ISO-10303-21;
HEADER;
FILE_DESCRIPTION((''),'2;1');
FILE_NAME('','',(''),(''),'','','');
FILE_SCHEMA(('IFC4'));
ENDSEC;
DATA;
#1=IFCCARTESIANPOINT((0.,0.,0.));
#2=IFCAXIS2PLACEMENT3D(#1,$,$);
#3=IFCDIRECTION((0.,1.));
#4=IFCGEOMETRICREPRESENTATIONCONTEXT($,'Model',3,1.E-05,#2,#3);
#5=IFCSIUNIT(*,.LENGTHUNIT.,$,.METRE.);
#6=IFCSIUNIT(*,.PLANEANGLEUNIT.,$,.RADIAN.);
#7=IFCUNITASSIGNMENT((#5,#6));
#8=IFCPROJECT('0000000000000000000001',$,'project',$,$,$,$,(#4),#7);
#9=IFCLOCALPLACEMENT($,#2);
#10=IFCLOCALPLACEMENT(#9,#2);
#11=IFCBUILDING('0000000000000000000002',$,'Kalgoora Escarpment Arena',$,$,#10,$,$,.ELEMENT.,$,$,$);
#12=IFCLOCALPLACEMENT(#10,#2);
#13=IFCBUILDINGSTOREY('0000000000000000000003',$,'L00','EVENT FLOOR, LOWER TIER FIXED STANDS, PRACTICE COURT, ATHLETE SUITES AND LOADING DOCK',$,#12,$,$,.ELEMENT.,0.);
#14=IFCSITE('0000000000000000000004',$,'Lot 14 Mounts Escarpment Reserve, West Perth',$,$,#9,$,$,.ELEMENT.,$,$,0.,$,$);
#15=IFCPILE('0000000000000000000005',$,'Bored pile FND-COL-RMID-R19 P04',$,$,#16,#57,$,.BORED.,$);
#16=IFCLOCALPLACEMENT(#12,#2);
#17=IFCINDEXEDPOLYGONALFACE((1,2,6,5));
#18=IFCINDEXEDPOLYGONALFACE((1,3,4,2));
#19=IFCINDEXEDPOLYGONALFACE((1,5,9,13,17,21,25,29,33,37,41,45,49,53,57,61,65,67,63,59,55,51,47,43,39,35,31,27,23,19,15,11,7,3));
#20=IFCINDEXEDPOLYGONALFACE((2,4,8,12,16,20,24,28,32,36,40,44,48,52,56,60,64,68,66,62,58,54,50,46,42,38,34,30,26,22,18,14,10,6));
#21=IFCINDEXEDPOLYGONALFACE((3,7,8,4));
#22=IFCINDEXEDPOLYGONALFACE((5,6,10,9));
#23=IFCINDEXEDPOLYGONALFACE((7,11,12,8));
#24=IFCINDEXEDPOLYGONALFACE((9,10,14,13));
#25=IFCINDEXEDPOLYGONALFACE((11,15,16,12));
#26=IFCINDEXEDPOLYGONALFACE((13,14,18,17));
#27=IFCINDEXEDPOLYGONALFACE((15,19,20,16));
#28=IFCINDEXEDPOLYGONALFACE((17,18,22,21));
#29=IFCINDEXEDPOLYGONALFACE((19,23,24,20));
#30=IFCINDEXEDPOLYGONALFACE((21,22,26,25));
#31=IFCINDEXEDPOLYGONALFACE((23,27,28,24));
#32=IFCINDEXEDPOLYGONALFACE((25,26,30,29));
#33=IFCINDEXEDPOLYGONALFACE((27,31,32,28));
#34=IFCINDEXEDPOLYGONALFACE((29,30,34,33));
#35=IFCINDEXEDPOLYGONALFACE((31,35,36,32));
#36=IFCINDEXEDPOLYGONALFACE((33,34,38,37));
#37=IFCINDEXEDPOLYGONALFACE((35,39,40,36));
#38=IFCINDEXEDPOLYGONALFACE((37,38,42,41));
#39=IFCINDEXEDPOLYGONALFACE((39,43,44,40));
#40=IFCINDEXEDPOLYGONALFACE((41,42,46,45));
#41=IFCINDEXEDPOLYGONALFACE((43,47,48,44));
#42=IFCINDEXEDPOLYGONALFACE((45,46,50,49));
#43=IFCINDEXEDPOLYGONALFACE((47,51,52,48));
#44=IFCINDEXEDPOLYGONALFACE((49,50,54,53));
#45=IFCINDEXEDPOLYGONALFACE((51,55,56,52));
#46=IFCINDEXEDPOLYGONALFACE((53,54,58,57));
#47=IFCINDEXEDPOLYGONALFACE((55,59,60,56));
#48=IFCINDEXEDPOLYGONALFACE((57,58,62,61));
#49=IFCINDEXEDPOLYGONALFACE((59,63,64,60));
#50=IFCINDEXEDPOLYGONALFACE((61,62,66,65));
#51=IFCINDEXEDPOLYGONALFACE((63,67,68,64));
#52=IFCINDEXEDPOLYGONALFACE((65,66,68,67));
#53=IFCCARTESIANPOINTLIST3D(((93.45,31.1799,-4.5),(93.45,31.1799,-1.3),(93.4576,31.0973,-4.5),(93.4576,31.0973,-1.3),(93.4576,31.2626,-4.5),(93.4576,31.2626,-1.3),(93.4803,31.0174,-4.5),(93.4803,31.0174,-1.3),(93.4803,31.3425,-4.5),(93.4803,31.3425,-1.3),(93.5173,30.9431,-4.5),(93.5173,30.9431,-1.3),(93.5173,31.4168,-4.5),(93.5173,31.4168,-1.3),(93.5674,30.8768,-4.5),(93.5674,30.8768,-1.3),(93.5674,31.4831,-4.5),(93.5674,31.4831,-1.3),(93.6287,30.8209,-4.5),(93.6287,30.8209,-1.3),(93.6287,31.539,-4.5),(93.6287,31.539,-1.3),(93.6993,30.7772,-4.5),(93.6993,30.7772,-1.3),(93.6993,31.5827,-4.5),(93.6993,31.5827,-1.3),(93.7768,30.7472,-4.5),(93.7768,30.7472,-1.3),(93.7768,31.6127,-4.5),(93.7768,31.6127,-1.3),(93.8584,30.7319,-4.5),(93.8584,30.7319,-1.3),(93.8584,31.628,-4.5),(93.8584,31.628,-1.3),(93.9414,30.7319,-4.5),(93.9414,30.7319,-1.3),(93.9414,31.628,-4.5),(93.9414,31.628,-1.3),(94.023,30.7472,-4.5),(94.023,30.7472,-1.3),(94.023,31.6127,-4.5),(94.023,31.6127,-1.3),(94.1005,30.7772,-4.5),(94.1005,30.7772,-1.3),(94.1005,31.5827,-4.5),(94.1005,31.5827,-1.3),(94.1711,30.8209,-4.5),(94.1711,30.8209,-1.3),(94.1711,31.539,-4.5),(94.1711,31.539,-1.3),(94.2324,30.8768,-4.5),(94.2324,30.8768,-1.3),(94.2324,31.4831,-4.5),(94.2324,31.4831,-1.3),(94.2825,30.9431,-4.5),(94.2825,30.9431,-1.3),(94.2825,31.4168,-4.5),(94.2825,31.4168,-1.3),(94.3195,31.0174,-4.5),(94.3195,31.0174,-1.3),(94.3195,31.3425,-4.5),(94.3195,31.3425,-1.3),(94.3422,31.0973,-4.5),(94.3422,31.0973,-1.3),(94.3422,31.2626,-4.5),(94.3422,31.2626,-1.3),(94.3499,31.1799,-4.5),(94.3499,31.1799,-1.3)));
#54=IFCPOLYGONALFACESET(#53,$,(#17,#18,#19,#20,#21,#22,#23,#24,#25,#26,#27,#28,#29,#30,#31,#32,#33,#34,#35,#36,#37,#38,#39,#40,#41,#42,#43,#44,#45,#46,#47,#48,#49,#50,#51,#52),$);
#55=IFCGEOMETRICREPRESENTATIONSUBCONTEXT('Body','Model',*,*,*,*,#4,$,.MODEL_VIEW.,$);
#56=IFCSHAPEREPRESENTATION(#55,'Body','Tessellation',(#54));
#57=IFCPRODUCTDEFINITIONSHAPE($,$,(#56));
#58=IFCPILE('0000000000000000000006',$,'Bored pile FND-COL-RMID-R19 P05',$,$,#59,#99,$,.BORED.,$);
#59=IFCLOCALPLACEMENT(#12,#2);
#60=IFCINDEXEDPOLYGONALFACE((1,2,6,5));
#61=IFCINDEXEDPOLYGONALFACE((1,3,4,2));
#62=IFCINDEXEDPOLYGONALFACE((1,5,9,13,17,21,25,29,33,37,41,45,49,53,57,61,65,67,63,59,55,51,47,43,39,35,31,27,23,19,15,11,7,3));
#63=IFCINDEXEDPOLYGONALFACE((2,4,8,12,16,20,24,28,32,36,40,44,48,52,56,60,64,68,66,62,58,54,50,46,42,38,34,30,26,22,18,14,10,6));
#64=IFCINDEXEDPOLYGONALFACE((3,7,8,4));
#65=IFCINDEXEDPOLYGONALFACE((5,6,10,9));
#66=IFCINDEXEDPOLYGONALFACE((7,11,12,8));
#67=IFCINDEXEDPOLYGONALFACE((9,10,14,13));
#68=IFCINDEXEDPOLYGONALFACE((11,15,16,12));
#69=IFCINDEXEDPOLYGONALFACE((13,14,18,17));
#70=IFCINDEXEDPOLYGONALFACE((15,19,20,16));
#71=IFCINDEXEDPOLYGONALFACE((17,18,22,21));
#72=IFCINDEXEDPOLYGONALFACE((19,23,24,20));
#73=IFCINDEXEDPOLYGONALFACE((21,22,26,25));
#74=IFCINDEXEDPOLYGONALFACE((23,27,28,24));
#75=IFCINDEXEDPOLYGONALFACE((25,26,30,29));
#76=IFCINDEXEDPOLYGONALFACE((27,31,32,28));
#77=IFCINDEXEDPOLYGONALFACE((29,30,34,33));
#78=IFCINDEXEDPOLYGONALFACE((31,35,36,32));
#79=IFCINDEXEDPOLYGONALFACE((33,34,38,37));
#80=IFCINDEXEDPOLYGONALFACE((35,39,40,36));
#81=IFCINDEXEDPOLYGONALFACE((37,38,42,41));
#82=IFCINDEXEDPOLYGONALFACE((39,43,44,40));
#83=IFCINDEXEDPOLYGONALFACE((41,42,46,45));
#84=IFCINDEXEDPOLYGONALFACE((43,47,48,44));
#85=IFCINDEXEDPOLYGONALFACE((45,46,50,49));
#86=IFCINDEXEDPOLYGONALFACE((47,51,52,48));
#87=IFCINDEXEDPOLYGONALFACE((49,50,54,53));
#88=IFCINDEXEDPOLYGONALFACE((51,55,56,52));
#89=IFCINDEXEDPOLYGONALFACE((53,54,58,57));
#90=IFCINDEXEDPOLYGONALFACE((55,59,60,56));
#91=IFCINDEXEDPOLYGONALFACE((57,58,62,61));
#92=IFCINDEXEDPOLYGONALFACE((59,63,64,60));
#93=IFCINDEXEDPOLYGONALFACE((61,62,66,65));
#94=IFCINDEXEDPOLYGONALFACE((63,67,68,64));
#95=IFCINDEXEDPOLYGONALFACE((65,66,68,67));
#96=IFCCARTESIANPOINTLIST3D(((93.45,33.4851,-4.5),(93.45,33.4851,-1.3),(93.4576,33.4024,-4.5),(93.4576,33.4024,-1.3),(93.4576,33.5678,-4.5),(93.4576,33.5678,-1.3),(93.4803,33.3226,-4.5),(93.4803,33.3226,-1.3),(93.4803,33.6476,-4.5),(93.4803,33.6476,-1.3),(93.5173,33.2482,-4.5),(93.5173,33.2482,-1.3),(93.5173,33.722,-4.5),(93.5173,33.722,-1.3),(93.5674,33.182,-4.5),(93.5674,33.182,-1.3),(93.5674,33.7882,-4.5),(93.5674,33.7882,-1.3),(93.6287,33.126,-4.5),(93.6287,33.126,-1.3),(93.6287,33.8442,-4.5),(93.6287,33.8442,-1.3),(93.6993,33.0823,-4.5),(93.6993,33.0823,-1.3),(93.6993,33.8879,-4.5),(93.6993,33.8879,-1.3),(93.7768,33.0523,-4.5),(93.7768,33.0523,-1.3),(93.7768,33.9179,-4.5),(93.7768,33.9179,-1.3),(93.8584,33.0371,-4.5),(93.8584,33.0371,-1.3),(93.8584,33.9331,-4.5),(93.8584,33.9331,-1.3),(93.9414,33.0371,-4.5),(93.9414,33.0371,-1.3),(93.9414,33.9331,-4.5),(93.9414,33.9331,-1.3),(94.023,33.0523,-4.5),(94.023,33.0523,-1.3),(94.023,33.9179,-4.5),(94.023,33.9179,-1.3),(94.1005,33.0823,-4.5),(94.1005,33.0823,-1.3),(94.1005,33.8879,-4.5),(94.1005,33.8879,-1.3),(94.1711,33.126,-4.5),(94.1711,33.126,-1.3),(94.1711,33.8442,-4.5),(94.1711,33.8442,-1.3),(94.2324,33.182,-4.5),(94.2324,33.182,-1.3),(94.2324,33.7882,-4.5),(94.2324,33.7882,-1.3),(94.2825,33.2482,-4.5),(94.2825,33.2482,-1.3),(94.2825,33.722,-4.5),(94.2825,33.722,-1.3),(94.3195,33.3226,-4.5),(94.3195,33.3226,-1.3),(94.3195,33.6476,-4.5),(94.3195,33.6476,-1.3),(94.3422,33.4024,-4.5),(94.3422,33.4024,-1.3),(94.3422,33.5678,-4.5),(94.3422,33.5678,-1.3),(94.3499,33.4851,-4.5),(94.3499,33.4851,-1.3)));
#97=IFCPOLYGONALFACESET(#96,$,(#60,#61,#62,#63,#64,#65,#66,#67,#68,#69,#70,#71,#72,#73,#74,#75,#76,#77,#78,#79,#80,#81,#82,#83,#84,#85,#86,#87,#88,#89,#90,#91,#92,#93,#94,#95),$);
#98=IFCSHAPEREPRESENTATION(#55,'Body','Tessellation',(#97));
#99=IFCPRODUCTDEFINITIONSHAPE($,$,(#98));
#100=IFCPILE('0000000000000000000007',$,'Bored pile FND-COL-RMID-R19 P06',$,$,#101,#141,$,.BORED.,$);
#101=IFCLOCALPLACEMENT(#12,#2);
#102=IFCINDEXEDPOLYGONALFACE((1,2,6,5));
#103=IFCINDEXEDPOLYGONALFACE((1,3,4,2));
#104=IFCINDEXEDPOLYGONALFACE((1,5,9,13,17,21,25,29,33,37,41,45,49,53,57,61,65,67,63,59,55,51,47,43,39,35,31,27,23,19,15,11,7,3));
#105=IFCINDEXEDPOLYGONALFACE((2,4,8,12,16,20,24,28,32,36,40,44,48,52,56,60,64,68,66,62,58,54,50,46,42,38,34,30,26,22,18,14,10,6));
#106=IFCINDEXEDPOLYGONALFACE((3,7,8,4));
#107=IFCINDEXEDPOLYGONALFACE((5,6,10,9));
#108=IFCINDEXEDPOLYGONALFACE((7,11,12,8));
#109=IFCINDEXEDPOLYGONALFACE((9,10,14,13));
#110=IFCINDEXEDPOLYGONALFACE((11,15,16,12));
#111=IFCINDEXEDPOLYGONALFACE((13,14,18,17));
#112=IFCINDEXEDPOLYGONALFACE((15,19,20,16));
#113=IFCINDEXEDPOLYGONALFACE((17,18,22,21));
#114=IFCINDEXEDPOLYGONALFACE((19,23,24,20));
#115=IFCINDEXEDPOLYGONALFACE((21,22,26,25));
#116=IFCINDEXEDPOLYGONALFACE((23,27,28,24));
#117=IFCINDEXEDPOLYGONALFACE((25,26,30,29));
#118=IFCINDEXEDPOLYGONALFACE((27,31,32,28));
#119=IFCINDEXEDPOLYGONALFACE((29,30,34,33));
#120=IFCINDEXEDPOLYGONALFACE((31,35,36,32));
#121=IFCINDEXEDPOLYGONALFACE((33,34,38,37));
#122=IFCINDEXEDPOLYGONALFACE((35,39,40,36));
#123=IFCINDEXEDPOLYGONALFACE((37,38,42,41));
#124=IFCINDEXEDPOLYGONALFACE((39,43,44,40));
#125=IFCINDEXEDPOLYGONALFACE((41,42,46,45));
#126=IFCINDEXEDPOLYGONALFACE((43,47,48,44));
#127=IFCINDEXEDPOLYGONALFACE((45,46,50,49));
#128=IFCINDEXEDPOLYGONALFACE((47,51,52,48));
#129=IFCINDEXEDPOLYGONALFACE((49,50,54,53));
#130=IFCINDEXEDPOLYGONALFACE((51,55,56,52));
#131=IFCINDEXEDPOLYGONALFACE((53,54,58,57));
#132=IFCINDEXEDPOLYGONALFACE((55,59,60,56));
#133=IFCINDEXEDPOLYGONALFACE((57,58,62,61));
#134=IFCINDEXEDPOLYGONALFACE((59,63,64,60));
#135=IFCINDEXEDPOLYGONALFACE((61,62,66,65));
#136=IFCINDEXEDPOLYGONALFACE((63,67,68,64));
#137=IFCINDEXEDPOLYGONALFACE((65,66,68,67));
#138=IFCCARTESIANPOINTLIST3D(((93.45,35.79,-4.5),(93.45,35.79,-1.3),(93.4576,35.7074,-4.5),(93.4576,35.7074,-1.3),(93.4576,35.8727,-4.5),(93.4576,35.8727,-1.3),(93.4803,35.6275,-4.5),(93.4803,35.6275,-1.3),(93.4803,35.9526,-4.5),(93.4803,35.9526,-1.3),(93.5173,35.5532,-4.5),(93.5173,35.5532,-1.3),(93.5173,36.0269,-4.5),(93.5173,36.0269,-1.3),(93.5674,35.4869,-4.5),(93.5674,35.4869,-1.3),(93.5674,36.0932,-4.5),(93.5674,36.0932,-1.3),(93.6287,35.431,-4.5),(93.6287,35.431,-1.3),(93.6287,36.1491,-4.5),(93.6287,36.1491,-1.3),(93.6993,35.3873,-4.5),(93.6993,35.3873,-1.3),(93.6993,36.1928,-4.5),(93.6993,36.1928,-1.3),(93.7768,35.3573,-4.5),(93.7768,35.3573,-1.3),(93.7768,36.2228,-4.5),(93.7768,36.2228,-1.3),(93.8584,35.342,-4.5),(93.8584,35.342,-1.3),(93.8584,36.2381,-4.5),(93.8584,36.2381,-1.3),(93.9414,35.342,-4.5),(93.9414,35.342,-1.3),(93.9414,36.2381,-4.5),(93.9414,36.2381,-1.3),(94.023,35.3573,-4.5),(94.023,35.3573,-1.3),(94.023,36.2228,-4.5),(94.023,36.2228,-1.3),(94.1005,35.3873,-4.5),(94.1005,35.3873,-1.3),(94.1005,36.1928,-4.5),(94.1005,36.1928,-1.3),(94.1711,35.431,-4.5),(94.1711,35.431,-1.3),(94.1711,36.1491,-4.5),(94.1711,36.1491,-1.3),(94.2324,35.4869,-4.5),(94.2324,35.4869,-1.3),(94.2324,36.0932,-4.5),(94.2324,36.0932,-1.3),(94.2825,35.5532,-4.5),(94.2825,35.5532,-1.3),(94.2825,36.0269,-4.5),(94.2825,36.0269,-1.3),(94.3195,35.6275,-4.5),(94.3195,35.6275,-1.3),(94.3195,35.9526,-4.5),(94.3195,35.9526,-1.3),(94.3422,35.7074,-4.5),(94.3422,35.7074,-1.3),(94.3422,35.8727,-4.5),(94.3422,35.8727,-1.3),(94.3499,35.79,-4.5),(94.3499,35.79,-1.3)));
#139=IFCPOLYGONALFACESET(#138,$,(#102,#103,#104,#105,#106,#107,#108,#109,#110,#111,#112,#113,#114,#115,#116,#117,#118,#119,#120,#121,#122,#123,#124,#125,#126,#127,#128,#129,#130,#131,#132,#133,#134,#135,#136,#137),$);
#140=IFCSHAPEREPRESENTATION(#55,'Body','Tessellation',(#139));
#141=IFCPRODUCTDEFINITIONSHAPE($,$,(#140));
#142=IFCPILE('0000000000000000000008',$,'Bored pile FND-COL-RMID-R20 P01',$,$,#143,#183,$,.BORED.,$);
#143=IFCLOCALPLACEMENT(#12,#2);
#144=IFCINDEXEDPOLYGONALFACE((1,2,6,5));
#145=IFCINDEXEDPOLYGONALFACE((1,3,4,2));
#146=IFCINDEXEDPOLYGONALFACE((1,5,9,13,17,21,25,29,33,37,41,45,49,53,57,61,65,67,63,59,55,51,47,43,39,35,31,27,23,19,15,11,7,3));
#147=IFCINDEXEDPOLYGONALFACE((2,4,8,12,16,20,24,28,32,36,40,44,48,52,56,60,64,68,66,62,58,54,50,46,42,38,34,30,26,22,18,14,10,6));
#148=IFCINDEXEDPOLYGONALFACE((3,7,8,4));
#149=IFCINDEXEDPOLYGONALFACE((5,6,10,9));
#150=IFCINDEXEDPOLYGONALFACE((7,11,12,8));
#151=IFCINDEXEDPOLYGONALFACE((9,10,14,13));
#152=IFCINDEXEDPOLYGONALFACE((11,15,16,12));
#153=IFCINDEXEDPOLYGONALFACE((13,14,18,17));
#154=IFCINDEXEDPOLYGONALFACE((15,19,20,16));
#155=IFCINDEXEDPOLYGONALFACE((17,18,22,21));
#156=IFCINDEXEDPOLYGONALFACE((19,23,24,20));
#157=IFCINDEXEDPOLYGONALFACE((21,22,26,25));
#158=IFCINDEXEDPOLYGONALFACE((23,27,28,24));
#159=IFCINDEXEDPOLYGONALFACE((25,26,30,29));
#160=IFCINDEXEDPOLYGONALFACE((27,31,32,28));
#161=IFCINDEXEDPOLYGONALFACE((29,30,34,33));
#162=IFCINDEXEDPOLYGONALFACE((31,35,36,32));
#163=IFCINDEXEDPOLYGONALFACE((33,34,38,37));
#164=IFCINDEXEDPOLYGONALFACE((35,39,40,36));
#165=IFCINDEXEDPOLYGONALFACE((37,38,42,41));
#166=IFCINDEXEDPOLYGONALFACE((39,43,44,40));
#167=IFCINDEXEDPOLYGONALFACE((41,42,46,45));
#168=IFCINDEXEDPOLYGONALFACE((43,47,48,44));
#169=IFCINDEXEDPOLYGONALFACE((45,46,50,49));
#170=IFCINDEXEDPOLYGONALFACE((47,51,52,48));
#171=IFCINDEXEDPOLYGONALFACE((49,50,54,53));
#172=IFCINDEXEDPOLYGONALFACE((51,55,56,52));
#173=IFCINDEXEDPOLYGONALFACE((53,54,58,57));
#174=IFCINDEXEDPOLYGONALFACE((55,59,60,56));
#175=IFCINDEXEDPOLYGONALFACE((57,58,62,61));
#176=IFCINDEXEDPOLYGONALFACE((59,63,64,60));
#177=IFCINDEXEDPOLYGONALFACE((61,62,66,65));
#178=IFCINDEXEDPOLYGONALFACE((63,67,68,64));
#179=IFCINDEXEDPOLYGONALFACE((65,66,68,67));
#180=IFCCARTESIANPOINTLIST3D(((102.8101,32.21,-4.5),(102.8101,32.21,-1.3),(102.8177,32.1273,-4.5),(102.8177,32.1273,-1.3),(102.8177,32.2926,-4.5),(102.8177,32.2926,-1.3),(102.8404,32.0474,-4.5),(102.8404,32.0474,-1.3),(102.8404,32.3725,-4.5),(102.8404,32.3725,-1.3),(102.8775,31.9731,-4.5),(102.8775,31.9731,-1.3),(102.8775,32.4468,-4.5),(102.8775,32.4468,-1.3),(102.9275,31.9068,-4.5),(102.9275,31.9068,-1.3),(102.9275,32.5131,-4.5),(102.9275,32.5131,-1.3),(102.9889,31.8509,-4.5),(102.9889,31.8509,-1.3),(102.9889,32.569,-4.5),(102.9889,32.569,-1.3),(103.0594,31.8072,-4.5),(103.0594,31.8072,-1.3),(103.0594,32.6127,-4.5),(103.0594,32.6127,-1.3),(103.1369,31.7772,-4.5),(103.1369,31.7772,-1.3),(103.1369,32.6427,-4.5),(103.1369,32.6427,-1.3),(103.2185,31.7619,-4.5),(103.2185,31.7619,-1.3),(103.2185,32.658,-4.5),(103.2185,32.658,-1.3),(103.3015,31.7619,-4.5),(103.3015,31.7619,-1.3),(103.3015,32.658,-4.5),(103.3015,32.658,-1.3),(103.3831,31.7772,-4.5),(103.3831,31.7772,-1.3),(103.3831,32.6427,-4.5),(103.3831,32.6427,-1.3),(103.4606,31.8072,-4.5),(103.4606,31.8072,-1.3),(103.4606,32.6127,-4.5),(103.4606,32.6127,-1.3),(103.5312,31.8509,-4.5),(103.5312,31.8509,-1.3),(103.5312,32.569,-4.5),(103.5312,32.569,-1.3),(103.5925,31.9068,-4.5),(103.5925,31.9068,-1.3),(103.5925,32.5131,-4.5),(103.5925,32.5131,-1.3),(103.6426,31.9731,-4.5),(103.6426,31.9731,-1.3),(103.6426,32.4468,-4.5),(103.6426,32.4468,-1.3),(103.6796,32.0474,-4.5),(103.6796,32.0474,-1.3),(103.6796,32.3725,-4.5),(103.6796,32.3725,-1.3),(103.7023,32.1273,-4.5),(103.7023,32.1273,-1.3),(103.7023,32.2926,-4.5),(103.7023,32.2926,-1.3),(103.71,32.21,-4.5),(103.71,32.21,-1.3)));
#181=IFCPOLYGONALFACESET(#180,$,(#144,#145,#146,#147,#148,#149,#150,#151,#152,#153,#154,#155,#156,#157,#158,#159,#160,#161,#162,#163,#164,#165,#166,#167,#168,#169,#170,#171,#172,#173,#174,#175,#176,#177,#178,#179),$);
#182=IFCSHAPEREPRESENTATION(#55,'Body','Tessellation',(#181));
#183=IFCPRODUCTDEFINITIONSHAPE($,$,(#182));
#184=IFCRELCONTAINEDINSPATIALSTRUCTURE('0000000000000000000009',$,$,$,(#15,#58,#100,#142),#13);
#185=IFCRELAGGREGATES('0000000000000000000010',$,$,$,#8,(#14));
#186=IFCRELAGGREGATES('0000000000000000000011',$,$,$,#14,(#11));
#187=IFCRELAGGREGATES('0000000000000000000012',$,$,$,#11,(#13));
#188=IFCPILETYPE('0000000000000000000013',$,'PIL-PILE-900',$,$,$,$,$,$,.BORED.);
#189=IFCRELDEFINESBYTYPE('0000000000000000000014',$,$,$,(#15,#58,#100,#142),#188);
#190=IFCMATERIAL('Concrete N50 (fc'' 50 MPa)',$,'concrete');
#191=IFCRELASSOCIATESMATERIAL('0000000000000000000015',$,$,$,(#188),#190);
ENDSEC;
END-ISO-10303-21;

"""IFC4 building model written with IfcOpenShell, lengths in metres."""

from ifc_helpers import new_model, si_unit, direction, frame, origin, origin_2d, place, context, subcontext, project, spatial, circle, extrude, material, material_profile, profile_set, type_object, element, save


model = new_model("IFC4")

# Units and contexts
model_context = context("Model", 3, precision=1e-05, world=origin(), true_north=direction((0.0, 1.0)))
body_context = subcontext(model_context, "Body", "Model", "MODEL_VIEW")
ifc_project = project(units=[si_unit("LENGTHUNIT", "METRE"), si_unit("PLANEANGLEUNIT", "RADIAN")], contexts=[model_context])

# Site, building, storey
site_placement = place(None, origin())
site = spatial("IfcSite", under=ifc_project, at=site_placement, Name="Lot 14 Mounts Escarpment Reserve, West Perth", CompositionType="ELEMENT", RefElevation=0.0)
building_placement = place(site_placement, origin())
building = spatial("IfcBuilding", under=site, at=building_placement, Name="Kalgoora Escarpment Arena", CompositionType="ELEMENT")
storey_placement = place(building_placement, origin())
storey = spatial("IfcBuildingStorey", under=building, at=storey_placement, Name="L00", Description="EVENT FLOOR, LOWER TIER FIXED STANDS, PRACTICE COURT, ATHLETE SUITES AND LOADING DOCK", CompositionType="ELEMENT", Elevation=0.0)

# Piles
ifc_material_1 = material(Name="Concrete N50 (fc' 50 MPa)", Category="concrete")
ifc_material_profile_1 = material_profile(ifc_material_1, circle(Radius=0.45, at=origin_2d()))
ifc_profile_set_1 = profile_set([ifc_material_profile_1], Name="Concrete N50 (fc' 50 MPa)")
pile_type_1 = type_object("IfcPileType", Name="PIL-PILE-900", PredefinedType="BORED", material=ifc_profile_set_1)
for number, where, z_axis, x_axis, name in (
    (1, (93.8999, 31.1799, -1.3), (0.0, 0.0, -1.0), (1.0, 0.0, 0.0), "Bored pile FND-COL-RMID-R19 P04"),
    (2, (93.8999, 33.4851, -1.3), (0.0, 0.0, -1.0), (1.0, 0.0, 0.0), "Bored pile FND-COL-RMID-R19 P05"),
    (3, (93.8999, 35.79, -1.3), (0.0, 0.0, -1.0), (1.0, 0.0, 0.0), "Bored pile FND-COL-RMID-R19 P06"),
    (4, (103.26, 32.21, -1.3), (0.0, 0.0, -1.0), (1.0, 0.0, 0.0), "Bored pile FND-COL-RMID-R20 P01"),
):
    element("IfcPile", number, at=place(storey_placement, frame(where, z_axis=z_axis, x_axis=x_axis)), inside=storey, type_object=pile_type_1, Name=name, PredefinedType="BORED", context=body_context, shape_type="SweptSolid", body=[
        extrude(circle(Radius=0.45, at=origin_2d()), origin(), (0.0, 0.0, 1.0), 3.2),
    ])

save(model, "model.ifc")
